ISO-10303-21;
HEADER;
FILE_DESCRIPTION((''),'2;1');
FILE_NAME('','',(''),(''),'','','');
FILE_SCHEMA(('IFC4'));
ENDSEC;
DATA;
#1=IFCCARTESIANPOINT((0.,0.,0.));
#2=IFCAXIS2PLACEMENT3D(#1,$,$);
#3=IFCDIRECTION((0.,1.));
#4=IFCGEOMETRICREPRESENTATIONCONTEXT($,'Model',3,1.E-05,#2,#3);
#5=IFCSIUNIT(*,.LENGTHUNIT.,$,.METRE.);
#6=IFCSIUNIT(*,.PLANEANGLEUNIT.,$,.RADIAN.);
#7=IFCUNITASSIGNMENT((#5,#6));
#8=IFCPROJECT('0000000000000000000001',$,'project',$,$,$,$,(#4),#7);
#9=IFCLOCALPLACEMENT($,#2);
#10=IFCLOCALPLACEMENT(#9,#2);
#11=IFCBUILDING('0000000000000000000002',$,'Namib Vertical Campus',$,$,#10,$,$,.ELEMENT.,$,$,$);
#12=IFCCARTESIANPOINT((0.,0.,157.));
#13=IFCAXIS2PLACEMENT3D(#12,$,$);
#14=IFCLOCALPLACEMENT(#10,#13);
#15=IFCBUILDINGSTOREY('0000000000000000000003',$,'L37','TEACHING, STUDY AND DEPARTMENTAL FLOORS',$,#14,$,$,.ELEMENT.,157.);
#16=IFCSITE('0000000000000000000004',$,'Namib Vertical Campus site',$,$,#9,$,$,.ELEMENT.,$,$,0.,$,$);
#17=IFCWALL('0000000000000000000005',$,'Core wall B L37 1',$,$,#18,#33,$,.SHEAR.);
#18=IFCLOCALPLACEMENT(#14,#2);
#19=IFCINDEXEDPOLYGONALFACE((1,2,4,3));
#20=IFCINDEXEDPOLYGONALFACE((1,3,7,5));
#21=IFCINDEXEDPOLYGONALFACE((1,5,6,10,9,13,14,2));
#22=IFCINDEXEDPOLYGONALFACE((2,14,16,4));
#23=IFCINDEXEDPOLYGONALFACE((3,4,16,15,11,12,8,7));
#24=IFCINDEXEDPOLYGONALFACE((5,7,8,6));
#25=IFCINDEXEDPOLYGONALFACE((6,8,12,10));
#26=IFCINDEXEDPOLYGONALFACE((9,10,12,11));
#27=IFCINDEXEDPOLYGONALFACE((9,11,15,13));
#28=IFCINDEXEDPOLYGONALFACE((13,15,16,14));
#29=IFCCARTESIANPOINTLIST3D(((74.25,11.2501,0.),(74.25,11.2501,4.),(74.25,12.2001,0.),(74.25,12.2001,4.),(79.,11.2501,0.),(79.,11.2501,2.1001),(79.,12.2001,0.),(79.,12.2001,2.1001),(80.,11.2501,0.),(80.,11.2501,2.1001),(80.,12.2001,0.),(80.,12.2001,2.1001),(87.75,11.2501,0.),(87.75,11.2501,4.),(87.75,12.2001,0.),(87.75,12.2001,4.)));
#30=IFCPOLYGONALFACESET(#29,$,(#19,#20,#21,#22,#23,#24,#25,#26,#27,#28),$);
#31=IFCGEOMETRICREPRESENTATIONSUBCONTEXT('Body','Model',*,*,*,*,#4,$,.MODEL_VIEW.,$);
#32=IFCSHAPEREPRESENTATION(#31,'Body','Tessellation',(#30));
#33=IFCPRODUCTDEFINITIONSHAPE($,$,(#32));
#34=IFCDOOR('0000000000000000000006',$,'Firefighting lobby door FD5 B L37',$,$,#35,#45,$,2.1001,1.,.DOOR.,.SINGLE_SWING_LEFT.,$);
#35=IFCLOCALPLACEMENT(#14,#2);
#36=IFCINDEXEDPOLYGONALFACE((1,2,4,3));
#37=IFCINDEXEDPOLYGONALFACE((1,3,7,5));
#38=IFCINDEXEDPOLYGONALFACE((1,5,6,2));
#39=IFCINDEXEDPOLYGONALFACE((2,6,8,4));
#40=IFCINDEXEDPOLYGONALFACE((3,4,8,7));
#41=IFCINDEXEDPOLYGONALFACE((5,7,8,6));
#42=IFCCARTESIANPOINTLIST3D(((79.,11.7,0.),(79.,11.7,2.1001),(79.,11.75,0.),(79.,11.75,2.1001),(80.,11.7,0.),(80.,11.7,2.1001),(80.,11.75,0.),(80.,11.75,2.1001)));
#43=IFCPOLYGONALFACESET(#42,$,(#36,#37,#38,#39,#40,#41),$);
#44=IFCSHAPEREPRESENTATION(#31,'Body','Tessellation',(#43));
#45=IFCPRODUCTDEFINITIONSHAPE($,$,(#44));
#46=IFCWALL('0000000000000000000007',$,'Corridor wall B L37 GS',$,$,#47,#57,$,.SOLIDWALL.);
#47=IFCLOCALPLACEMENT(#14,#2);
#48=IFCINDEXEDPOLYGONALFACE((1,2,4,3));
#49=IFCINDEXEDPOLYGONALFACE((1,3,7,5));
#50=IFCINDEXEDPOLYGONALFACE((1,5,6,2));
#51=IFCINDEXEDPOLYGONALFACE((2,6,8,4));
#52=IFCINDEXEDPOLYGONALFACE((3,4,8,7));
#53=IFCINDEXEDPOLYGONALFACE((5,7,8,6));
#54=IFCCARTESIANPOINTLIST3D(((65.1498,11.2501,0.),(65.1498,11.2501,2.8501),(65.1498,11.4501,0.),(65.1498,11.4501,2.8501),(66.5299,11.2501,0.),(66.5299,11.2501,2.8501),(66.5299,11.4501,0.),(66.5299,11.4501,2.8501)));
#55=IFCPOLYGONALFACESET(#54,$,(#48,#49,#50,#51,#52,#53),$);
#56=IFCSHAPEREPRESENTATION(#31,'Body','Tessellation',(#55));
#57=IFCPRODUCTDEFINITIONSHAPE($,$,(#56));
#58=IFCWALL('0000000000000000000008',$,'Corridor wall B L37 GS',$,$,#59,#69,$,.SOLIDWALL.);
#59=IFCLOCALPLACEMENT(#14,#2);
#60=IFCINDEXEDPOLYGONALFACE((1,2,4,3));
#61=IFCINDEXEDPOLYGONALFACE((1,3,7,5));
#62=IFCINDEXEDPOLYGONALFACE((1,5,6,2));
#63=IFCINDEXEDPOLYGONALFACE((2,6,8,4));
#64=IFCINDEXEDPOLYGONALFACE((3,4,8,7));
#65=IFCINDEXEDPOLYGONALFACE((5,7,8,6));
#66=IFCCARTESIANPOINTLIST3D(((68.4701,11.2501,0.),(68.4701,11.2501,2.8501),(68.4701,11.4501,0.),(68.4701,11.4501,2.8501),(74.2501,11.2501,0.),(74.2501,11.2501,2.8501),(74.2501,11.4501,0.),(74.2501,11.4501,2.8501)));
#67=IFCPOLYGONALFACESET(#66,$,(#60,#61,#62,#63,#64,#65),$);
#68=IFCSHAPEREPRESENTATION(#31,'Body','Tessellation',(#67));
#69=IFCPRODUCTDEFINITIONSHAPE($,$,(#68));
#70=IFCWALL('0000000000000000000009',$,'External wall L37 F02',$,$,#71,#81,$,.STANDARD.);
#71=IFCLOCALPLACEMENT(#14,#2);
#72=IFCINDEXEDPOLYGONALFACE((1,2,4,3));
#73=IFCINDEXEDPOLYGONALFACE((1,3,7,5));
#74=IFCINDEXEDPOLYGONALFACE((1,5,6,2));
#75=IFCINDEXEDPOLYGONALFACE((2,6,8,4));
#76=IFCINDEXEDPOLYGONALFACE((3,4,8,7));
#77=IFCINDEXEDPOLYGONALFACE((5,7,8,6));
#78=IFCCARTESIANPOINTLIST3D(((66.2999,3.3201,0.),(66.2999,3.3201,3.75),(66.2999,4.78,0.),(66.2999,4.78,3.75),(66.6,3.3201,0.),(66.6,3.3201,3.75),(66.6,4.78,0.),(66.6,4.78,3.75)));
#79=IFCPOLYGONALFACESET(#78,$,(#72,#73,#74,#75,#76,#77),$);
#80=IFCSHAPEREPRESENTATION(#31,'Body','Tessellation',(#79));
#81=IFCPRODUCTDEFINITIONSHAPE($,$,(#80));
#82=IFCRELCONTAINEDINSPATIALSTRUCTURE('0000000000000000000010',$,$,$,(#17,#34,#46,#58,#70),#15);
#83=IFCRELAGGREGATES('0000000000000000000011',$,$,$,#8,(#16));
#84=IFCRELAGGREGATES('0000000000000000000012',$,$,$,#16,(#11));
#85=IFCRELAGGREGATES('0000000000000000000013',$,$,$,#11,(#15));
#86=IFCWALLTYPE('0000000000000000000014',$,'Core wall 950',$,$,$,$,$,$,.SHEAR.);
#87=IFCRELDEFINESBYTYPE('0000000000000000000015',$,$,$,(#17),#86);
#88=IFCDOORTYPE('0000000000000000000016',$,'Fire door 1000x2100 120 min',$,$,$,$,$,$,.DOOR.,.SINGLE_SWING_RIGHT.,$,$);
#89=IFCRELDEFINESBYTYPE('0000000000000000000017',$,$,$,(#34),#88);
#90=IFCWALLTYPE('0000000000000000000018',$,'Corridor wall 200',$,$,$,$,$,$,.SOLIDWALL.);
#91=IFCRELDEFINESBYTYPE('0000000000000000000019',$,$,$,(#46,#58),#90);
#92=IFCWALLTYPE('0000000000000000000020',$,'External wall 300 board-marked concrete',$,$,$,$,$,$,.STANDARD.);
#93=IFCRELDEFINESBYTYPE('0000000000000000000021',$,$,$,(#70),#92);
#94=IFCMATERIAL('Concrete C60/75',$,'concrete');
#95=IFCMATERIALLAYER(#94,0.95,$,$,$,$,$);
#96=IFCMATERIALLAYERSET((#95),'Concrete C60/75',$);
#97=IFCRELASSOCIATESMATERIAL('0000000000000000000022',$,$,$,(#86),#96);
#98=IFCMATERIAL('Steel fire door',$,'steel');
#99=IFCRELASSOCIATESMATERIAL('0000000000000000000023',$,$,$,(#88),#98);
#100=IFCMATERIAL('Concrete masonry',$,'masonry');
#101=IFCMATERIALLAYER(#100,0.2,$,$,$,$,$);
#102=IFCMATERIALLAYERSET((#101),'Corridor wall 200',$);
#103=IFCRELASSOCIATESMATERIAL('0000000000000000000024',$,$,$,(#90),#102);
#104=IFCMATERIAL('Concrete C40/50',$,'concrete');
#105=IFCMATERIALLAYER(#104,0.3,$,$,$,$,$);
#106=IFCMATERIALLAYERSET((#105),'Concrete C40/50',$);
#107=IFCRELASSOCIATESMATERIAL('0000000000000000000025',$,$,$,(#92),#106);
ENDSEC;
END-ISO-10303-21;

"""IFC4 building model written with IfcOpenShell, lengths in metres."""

from ifc_helpers import new_model, si_unit, direction, frame, frame_2d, origin, place, context, subcontext, project, spatial, rectangle, extrude, material, layer, layer_set, type_object, element, fill, save


model = new_model("IFC4")

# Units and contexts
model_context = context("Model", 3, precision=1e-05, world=origin(), true_north=direction((0.0, 1.0)))
body_context = subcontext(model_context, "Body", "Model", "MODEL_VIEW")
ifc_project = project(units=[si_unit("LENGTHUNIT", "METRE"), si_unit("PLANEANGLEUNIT", "RADIAN")], contexts=[model_context])

# Site, building, storey
site_placement = place(None, origin())
site = spatial("IfcSite", under=ifc_project, at=site_placement, Name="Namib Vertical Campus site", CompositionType="ELEMENT", RefElevation=0.0)
building_placement = place(site_placement, origin())
building = spatial("IfcBuilding", under=site, at=building_placement, Name="Namib Vertical Campus", CompositionType="ELEMENT")
storey_placement = place(building_placement, frame((0.0, 0.0, 157.0)))
storey = spatial("IfcBuildingStorey", under=building, at=storey_placement, Name="L37", Description="TEACHING, STUDY AND DEPARTMENTAL FLOORS", CompositionType="ELEMENT", Elevation=157.0)

# Wall, opening, door
ifc_material_1 = material(Name="Concrete C60/75", Category="concrete")
ifc_layer_1 = layer(ifc_material_1, 0.95)
ifc_layer_set_1 = layer_set([ifc_layer_1], Name="Concrete C60/75")
wall_type_1 = type_object("IfcWallType", Name="Core wall 950", PredefinedType="SHEAR", material=ifc_layer_set_1)
wall_1_placement = place(storey_placement, frame((74.25, 11.7251, 0.0), z_axis=(0.0, 0.0, 1.0), x_axis=(1.0, 0.0, 0.0)))
wall_1 = element("IfcWall", 1, at=wall_1_placement, inside=storey, type_object=wall_type_1, Name="Core wall B L37 1", PredefinedType="SHEAR", context=body_context, shape_type="SweptSolid", body=[
    extrude(rectangle(XDim=13.5, YDim=0.95, at=frame_2d((6.75, 0.0))), origin(), (0.0, 0.0, 1.0), 4.0),
])
opening_1_placement = place(wall_1_placement, frame((4.75, 0.0, 0.0)))
opening_1 = element("IfcOpeningElement", 2, at=opening_1_placement, cuts=wall_1, PredefinedType="OPENING", context=body_context, shape_type="SweptSolid", body=[
    extrude(rectangle(XDim=1.0, YDim=2.1001, at=frame_2d((0.5, 1.05))), frame((0.0, 0.4849, 0.0), z_axis=(0.0, -1.0, 0.0), x_axis=(1.0, 0.0, 0.0)), (0.0, 0.0, 1.0), 0.97),
])
ifc_material_2 = material(Name="Steel fire door", Category="steel")
door_type = type_object("IfcDoorType", Name="Fire door 1000x2100 120 min", OperationType="SINGLE_SWING_RIGHT", PredefinedType="DOOR", material=ifc_material_2)
door_placement = place(opening_1_placement, origin())
door = element("IfcDoor", 3, at=door_placement, inside=storey, type_object=door_type, Name="Firefighting lobby door FD5 B L37", OperationType="SINGLE_SWING_LEFT", OverallHeight=2.1001, OverallWidth=1.0, PredefinedType="DOOR", context=body_context, shape_type="SweptSolid", body=[
    extrude(rectangle(XDim=1.0, YDim=2.1001, at=frame_2d((0.5, 1.05))), frame((0.0, 0.0249, 0.0), z_axis=(0.0, -1.0, 0.0), x_axis=(1.0, 0.0, 0.0)), (0.0, 0.0, 1.0), 0.05),
])
fill(opening_1, door)

# Walls
ifc_material_3 = material(Name="Concrete masonry", Category="masonry")
ifc_layer_2 = layer(ifc_material_3, 0.2)
ifc_layer_set_2 = layer_set([ifc_layer_2], Name="Corridor wall 200")
wall_type_2 = type_object("IfcWallType", Name="Corridor wall 200", PredefinedType="SOLIDWALL", material=ifc_layer_set_2)
wall_2_placement = place(storey_placement, frame((65.1499, 11.3501, 0.0), z_axis=(0.0, 0.0, 1.0), x_axis=(1.0, 0.0, 0.0)))
element("IfcWall", 4, at=wall_2_placement, inside=storey, type_object=wall_type_2, Name="Corridor wall B L37 GS", PredefinedType="SOLIDWALL", context=body_context, shape_type="SweptSolid", body=[
    extrude(rectangle(XDim=1.3801, YDim=0.2, at=frame_2d((0.6899, 0.0))), origin(), (0.0, 0.0, 1.0), 2.8501),
])
wall_3_placement = place(storey_placement, frame((68.47, 11.3501, 0.0), z_axis=(0.0, 0.0, 1.0), x_axis=(1.0, 0.0, 0.0)))
element("IfcWall", 5, at=wall_3_placement, inside=storey, type_object=wall_type_2, Name="Corridor wall B L37 GS", PredefinedType="SOLIDWALL", context=body_context, shape_type="SweptSolid", body=[
    extrude(rectangle(XDim=5.78, YDim=0.2, at=frame_2d((2.8901, 0.0))), origin(), (0.0, 0.0, 1.0), 2.8501),
])
ifc_material_4 = material(Name="Concrete C40/50", Category="concrete")
ifc_layer_3 = layer(ifc_material_4, 0.3)
ifc_layer_set_3 = layer_set([ifc_layer_3], Name="Concrete C40/50")
wall_type_3 = type_object("IfcWallType", Name="External wall 300 board-marked concrete", PredefinedType="STANDARD", material=ifc_layer_set_3)
wall_4_placement = place(storey_placement, frame((66.45, 4.78, 0.0), z_axis=(0.0, 0.0, 1.0), x_axis=(0.0, -1.0, 0.0)))
element("IfcWall", 6, at=wall_4_placement, inside=storey, type_object=wall_type_3, Name="External wall L37 F02", PredefinedType="STANDARD", context=body_context, shape_type="SweptSolid", body=[
    extrude(rectangle(XDim=1.46, YDim=0.3, at=frame_2d((0.73, 0.0))), origin(), (0.0, 0.0, 1.0), 3.75),
])

save(model, "model.ifc")
